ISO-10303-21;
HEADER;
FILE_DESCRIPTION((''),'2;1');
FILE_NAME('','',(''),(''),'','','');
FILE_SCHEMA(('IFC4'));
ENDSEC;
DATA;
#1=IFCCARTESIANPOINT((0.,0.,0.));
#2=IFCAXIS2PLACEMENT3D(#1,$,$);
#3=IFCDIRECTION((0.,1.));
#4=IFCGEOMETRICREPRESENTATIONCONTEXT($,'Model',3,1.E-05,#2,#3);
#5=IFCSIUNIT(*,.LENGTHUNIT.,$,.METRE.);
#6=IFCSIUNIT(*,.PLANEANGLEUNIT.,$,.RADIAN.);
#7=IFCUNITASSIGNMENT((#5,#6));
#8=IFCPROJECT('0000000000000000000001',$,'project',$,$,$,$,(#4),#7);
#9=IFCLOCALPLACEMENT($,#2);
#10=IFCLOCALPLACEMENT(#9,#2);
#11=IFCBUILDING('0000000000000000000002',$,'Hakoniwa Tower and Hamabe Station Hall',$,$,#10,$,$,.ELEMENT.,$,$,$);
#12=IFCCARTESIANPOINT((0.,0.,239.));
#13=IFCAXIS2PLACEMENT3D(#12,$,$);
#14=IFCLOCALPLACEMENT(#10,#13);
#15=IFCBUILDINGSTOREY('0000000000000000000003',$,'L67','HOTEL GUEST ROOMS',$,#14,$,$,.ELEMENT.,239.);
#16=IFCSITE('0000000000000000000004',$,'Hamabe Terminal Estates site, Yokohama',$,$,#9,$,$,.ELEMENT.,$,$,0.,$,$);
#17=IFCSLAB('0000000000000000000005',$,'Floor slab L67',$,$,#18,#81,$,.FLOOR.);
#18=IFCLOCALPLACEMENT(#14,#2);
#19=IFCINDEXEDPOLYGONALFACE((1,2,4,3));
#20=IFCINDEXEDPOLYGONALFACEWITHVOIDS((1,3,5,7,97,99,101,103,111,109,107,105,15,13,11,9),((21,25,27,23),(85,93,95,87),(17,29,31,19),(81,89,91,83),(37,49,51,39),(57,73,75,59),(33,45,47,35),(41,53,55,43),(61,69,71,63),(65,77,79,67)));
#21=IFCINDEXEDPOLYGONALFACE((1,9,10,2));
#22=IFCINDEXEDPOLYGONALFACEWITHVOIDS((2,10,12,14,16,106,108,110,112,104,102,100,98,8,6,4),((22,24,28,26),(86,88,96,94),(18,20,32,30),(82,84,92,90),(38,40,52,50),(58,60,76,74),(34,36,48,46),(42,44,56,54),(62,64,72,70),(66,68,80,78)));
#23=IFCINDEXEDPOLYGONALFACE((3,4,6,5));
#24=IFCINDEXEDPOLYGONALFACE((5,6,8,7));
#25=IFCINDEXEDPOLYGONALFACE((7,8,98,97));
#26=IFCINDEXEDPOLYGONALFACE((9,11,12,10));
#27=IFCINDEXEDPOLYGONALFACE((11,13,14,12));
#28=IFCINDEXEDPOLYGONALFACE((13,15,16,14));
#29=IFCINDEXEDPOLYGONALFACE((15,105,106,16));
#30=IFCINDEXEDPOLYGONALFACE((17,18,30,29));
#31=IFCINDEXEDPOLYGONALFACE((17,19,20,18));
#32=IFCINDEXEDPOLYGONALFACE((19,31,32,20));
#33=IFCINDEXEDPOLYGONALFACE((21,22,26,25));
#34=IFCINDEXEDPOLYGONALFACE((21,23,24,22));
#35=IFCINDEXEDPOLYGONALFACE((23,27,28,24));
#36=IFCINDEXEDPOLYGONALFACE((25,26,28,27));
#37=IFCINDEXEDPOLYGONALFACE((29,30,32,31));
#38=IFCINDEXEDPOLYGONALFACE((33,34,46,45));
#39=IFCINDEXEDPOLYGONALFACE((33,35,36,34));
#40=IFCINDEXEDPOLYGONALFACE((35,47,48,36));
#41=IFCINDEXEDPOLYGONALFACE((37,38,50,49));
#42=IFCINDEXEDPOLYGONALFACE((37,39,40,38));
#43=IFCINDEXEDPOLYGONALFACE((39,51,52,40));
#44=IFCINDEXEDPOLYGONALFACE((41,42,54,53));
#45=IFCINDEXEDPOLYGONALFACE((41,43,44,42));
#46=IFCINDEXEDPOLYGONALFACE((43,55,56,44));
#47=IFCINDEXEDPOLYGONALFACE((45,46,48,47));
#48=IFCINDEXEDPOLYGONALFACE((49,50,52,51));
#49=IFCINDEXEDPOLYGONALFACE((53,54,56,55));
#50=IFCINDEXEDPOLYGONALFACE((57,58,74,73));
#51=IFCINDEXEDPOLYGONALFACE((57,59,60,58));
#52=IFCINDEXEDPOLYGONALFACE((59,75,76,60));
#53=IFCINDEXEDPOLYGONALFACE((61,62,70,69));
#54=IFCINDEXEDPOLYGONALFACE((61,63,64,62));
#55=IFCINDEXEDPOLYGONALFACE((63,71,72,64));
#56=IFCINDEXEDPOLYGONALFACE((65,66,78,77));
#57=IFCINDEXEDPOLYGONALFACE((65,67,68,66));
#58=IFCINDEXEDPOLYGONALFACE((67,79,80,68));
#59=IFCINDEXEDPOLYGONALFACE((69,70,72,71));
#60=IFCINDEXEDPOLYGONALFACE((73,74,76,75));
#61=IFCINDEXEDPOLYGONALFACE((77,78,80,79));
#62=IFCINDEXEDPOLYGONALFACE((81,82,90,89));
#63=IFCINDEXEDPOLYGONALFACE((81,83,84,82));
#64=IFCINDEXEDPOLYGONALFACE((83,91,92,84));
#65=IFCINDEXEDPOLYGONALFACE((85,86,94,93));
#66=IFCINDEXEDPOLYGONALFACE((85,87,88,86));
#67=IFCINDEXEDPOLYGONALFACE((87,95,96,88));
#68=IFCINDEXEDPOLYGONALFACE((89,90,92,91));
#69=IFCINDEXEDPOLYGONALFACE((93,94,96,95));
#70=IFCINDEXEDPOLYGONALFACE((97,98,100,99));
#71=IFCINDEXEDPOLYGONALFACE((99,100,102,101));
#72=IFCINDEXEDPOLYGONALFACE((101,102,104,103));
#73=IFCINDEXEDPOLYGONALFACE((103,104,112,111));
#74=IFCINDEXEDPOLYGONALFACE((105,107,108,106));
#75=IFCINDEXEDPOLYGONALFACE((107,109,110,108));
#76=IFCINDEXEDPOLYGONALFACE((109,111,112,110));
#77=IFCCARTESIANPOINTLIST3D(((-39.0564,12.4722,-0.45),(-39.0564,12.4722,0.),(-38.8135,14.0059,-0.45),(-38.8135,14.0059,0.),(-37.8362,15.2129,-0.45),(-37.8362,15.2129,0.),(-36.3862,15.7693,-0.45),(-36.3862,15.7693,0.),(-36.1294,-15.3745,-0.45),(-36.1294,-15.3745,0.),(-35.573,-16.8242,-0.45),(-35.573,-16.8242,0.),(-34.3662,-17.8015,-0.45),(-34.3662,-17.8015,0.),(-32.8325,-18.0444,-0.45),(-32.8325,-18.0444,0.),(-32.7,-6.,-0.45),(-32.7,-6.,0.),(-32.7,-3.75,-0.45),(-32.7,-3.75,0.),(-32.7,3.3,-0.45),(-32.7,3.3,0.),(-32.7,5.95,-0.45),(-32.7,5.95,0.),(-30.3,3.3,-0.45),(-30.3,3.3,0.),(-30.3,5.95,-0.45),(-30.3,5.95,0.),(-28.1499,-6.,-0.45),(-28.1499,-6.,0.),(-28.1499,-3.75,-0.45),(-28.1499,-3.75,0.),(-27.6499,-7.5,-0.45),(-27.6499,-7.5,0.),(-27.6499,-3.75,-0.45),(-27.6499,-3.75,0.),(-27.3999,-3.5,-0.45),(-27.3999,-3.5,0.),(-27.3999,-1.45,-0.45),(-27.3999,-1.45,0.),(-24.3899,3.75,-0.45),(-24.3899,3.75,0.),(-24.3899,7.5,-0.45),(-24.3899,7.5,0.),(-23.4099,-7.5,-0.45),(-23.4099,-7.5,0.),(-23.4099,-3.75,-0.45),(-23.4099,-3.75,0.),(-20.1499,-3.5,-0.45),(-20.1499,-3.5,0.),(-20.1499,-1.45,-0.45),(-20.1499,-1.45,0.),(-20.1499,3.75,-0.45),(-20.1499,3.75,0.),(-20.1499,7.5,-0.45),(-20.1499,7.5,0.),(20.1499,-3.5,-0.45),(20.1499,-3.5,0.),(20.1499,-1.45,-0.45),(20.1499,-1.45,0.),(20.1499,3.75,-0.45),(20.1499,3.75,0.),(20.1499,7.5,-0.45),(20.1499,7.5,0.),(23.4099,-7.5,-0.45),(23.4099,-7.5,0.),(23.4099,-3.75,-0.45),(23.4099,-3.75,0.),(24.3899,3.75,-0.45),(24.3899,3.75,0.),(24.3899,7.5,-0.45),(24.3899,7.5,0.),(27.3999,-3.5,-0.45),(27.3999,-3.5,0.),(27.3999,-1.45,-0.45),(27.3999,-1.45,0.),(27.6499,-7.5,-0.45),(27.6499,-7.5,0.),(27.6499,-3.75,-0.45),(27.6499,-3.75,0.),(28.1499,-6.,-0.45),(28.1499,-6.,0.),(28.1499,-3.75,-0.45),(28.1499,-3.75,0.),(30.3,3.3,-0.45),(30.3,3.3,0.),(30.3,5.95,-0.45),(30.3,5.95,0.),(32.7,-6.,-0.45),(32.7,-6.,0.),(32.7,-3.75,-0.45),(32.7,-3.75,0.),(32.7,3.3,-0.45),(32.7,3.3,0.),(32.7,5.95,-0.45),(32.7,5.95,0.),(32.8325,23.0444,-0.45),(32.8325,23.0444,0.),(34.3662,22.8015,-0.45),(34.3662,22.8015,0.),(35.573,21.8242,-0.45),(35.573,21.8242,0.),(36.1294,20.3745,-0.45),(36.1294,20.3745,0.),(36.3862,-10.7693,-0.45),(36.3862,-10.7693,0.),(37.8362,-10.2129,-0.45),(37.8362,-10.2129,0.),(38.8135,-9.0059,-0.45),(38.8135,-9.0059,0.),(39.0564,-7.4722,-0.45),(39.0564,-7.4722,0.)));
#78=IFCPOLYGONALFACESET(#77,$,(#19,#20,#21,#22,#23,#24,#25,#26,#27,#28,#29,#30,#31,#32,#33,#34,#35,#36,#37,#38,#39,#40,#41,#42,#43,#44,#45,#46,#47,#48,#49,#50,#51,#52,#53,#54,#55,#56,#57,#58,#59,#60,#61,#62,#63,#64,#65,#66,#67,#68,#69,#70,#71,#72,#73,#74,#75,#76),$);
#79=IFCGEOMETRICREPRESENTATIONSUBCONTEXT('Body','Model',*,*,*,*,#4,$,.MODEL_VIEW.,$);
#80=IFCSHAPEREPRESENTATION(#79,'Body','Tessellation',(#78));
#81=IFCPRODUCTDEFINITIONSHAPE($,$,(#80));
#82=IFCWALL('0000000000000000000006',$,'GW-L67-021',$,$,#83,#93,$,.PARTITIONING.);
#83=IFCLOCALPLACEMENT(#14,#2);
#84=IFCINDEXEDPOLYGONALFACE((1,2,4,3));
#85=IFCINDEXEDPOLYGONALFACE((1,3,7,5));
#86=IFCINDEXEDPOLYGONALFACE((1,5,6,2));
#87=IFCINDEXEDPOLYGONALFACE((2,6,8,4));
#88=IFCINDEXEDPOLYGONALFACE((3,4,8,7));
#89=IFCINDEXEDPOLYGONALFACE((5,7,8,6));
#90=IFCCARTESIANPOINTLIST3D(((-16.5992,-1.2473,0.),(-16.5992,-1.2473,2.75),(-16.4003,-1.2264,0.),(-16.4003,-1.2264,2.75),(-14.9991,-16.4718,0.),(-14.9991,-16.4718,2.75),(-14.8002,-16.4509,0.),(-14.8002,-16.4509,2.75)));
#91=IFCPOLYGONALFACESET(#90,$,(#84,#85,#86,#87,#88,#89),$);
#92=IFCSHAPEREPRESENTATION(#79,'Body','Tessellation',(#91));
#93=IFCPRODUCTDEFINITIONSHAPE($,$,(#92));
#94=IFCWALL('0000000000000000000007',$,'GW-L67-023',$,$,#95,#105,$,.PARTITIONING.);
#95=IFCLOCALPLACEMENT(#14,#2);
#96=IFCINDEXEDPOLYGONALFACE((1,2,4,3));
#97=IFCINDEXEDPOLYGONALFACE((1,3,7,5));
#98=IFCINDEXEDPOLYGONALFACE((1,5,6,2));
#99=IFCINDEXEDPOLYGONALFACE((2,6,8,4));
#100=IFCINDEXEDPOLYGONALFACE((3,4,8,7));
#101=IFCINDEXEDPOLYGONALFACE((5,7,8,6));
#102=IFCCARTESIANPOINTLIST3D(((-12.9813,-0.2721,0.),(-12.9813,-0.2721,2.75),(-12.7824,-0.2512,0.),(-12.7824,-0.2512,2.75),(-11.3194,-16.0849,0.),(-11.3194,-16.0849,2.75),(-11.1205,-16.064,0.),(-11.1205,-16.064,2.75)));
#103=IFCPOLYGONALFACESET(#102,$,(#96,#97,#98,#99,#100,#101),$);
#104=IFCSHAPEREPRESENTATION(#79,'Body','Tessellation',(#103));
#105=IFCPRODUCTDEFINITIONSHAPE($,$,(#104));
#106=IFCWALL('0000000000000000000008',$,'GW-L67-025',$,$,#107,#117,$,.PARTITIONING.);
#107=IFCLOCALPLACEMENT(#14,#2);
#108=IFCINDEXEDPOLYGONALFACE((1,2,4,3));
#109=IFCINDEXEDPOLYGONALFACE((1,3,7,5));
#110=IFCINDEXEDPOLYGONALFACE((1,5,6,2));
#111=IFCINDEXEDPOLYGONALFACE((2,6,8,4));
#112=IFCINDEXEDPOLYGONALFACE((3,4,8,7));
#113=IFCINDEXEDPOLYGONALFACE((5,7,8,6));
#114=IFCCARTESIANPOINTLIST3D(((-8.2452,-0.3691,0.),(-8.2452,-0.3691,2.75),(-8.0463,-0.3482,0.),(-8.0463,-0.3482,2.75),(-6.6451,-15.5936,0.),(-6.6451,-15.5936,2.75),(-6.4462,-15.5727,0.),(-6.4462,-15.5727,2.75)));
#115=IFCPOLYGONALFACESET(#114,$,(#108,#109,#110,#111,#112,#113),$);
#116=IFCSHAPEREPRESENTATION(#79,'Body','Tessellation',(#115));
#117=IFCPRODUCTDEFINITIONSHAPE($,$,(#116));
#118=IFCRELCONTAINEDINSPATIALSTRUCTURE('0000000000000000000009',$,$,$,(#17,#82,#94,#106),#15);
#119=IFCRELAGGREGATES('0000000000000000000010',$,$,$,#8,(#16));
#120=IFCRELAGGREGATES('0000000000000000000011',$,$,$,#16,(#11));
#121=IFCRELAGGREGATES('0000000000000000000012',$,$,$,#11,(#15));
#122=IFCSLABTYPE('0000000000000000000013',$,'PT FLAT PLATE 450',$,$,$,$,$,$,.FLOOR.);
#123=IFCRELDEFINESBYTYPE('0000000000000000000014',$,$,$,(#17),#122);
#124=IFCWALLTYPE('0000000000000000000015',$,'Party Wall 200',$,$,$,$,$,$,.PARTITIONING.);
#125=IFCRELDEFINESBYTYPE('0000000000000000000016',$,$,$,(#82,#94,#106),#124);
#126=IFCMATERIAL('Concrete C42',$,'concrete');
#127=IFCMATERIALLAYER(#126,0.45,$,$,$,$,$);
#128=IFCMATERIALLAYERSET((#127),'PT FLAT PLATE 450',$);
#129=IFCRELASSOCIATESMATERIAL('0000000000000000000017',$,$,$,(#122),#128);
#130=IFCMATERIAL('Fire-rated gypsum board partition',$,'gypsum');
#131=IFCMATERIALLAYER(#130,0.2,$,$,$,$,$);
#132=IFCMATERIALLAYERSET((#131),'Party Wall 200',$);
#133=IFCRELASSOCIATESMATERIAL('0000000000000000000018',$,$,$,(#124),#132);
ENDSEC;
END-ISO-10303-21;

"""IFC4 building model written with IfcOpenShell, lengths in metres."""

from ifc_helpers import new_model, si_unit, direction, frame, frame_2d, origin, place, context, subcontext, project, spatial, polyline, rectangle, outline, extrude, material, layer, layer_set, type_object, element, save


model = new_model("IFC4")

# Units and contexts
model_context = context("Model", 3, precision=1e-05, world=origin(), true_north=direction((0.0, 1.0)))
body_context = subcontext(model_context, "Body", "Model", "MODEL_VIEW")
ifc_project = project(units=[si_unit("LENGTHUNIT", "METRE"), si_unit("PLANEANGLEUNIT", "RADIAN")], contexts=[model_context])

# Site, building, storey
site_placement = place(None, origin())
site = spatial("IfcSite", under=ifc_project, at=site_placement, Name="Hamabe Terminal Estates site, Yokohama", CompositionType="ELEMENT", RefElevation=0.0)
building_placement = place(site_placement, origin())
building = spatial("IfcBuilding", under=site, at=building_placement, Name="Hakoniwa Tower and Hamabe Station Hall", CompositionType="ELEMENT")
storey_placement = place(building_placement, frame((0.0, 0.0, 239.0)))
storey = spatial("IfcBuildingStorey", under=building, at=storey_placement, Name="L67", Description="HOTEL GUEST ROOMS", CompositionType="ELEMENT", Elevation=239.0)

# Slab
ifc_material_1 = material(Name="Concrete C42", Category="concrete")
ifc_layer_1 = layer(ifc_material_1, 0.45)
ifc_layer_set_1 = layer_set([ifc_layer_1], Name="PT FLAT PLATE 450")
slab_type = type_object("IfcSlabType", Name="PT FLAT PLATE 450", PredefinedType="FLOOR", material=ifc_layer_set_1)
slab_placement = place(storey_placement, frame((0.0, 0.0, -0.45)))
element("IfcSlab", 1, at=slab_placement, inside=storey, type_object=slab_type, Name="Floor slab L67", PredefinedType="FLOOR", context=body_context, shape_type="SweptSolid", body=[
    extrude(outline(polyline([(39.0564, -7.4722), (36.1294, 20.3745), (35.573, 21.8242), (34.3662, 22.8015), (32.8325, 23.0444), (-36.3862, 15.7693), (-37.8362, 15.2129), (-38.8135, 14.0059), (-39.0564, 12.4722), (-36.1294, -15.3745), (-35.573, -16.8242), (-34.3662, -17.8015), (-32.8325, -18.0444), (36.3862, -10.7693), (37.8362, -10.2129), (38.8135, -9.0059), (39.0564, -7.4722)]), holes=[polyline([(-27.3999, -3.5), (-27.3999, -1.45), (-20.1499, -1.45), (-20.1499, -3.5), (-27.3999, -3.5)]), polyline([(-32.7, 3.3), (-32.7, 5.95), (-30.3, 5.95), (-30.3, 3.3), (-32.7, 3.3)]), polyline([(-32.7, -6.0), (-32.7, -3.75), (-28.1499, -3.75), (-28.1499, -6.0), (-32.7, -6.0)]), polyline([(-24.3899, 3.75), (-24.3899, 7.5), (-20.1499, 7.5), (-20.1499, 3.75), (-24.3899, 3.75)]), polyline([(-27.6499, -7.5), (-27.6499, -3.75), (-23.4099, -3.75), (-23.4099, -7.5), (-27.6499, -7.5)]), polyline([(20.1499, -3.5), (20.1499, -1.45), (27.3999, -1.45), (27.3999, -3.5), (20.1499, -3.5)]), polyline([(30.3, 3.3), (30.3, 5.95), (32.7, 5.95), (32.7, 3.3), (30.3, 3.3)]), polyline([(28.1499, -6.0), (28.1499, -3.75), (32.7, -3.75), (32.7, -6.0), (28.1499, -6.0)]), polyline([(20.1499, 3.75), (20.1499, 7.5), (24.3899, 7.5), (24.3899, 3.75), (20.1499, 3.75)]), polyline([(23.4099, -7.5), (23.4099, -3.75), (27.6499, -3.75), (27.6499, -7.5), (23.4099, -7.5)])]), origin(), (0.0, 0.0, 1.0), 0.45),
])

# Walls
ifc_material_2 = material(Name="Fire-rated gypsum board partition", Category="gypsum")
ifc_layer_2 = layer(ifc_material_2, 0.2)
ifc_layer_set_2 = layer_set([ifc_layer_2], Name="Party Wall 200")
wall_type = type_object("IfcWallType", Name="Party Wall 200", PredefinedType="PARTITIONING", material=ifc_layer_set_2)
wall_1_placement = place(storey_placement, frame((-14.8997, -16.4614, 0.0), z_axis=(0.0, 0.0, 1.0), x_axis=(-0.104524, 0.994522, 0.0)))
element("IfcWall", 2, at=wall_1_placement, inside=storey, type_object=wall_type, Name="GW-L67-021", PredefinedType="PARTITIONING", context=body_context, shape_type="SweptSolid", body=[
    extrude(rectangle(XDim=15.3083, YDim=0.2, at=frame_2d((7.6543, 0.0))), origin(), (0.0, 0.0, 1.0), 2.75),
])
wall_2_placement = place(storey_placement, frame((-11.22, -16.0745, 0.0), z_axis=(0.0, 0.0, 1.0), x_axis=(-0.104521, 0.994523, 0.0)))
element("IfcWall", 3, at=wall_2_placement, inside=storey, type_object=wall_type, Name="GW-L67-023", PredefinedType="PARTITIONING", context=body_context, shape_type="SweptSolid", body=[
    extrude(rectangle(XDim=15.8999, YDim=0.2, at=frame_2d((7.95, 0.0))), origin(), (0.0, 0.0, 1.0), 2.75),
])
wall_3_placement = place(storey_placement, frame((-6.5457, -15.5833, 0.0), z_axis=(0.0, 0.0, 1.0), x_axis=(-0.104524, 0.994522, 0.0)))
element("IfcWall", 4, at=wall_3_placement, inside=storey, type_object=wall_type, Name="GW-L67-025", PredefinedType="PARTITIONING", context=body_context, shape_type="SweptSolid", body=[
    extrude(rectangle(XDim=15.3083, YDim=0.2, at=frame_2d((7.6543, 0.0))), origin(), (0.0, 0.0, 1.0), 2.75),
])

save(model, "model.ifc")
